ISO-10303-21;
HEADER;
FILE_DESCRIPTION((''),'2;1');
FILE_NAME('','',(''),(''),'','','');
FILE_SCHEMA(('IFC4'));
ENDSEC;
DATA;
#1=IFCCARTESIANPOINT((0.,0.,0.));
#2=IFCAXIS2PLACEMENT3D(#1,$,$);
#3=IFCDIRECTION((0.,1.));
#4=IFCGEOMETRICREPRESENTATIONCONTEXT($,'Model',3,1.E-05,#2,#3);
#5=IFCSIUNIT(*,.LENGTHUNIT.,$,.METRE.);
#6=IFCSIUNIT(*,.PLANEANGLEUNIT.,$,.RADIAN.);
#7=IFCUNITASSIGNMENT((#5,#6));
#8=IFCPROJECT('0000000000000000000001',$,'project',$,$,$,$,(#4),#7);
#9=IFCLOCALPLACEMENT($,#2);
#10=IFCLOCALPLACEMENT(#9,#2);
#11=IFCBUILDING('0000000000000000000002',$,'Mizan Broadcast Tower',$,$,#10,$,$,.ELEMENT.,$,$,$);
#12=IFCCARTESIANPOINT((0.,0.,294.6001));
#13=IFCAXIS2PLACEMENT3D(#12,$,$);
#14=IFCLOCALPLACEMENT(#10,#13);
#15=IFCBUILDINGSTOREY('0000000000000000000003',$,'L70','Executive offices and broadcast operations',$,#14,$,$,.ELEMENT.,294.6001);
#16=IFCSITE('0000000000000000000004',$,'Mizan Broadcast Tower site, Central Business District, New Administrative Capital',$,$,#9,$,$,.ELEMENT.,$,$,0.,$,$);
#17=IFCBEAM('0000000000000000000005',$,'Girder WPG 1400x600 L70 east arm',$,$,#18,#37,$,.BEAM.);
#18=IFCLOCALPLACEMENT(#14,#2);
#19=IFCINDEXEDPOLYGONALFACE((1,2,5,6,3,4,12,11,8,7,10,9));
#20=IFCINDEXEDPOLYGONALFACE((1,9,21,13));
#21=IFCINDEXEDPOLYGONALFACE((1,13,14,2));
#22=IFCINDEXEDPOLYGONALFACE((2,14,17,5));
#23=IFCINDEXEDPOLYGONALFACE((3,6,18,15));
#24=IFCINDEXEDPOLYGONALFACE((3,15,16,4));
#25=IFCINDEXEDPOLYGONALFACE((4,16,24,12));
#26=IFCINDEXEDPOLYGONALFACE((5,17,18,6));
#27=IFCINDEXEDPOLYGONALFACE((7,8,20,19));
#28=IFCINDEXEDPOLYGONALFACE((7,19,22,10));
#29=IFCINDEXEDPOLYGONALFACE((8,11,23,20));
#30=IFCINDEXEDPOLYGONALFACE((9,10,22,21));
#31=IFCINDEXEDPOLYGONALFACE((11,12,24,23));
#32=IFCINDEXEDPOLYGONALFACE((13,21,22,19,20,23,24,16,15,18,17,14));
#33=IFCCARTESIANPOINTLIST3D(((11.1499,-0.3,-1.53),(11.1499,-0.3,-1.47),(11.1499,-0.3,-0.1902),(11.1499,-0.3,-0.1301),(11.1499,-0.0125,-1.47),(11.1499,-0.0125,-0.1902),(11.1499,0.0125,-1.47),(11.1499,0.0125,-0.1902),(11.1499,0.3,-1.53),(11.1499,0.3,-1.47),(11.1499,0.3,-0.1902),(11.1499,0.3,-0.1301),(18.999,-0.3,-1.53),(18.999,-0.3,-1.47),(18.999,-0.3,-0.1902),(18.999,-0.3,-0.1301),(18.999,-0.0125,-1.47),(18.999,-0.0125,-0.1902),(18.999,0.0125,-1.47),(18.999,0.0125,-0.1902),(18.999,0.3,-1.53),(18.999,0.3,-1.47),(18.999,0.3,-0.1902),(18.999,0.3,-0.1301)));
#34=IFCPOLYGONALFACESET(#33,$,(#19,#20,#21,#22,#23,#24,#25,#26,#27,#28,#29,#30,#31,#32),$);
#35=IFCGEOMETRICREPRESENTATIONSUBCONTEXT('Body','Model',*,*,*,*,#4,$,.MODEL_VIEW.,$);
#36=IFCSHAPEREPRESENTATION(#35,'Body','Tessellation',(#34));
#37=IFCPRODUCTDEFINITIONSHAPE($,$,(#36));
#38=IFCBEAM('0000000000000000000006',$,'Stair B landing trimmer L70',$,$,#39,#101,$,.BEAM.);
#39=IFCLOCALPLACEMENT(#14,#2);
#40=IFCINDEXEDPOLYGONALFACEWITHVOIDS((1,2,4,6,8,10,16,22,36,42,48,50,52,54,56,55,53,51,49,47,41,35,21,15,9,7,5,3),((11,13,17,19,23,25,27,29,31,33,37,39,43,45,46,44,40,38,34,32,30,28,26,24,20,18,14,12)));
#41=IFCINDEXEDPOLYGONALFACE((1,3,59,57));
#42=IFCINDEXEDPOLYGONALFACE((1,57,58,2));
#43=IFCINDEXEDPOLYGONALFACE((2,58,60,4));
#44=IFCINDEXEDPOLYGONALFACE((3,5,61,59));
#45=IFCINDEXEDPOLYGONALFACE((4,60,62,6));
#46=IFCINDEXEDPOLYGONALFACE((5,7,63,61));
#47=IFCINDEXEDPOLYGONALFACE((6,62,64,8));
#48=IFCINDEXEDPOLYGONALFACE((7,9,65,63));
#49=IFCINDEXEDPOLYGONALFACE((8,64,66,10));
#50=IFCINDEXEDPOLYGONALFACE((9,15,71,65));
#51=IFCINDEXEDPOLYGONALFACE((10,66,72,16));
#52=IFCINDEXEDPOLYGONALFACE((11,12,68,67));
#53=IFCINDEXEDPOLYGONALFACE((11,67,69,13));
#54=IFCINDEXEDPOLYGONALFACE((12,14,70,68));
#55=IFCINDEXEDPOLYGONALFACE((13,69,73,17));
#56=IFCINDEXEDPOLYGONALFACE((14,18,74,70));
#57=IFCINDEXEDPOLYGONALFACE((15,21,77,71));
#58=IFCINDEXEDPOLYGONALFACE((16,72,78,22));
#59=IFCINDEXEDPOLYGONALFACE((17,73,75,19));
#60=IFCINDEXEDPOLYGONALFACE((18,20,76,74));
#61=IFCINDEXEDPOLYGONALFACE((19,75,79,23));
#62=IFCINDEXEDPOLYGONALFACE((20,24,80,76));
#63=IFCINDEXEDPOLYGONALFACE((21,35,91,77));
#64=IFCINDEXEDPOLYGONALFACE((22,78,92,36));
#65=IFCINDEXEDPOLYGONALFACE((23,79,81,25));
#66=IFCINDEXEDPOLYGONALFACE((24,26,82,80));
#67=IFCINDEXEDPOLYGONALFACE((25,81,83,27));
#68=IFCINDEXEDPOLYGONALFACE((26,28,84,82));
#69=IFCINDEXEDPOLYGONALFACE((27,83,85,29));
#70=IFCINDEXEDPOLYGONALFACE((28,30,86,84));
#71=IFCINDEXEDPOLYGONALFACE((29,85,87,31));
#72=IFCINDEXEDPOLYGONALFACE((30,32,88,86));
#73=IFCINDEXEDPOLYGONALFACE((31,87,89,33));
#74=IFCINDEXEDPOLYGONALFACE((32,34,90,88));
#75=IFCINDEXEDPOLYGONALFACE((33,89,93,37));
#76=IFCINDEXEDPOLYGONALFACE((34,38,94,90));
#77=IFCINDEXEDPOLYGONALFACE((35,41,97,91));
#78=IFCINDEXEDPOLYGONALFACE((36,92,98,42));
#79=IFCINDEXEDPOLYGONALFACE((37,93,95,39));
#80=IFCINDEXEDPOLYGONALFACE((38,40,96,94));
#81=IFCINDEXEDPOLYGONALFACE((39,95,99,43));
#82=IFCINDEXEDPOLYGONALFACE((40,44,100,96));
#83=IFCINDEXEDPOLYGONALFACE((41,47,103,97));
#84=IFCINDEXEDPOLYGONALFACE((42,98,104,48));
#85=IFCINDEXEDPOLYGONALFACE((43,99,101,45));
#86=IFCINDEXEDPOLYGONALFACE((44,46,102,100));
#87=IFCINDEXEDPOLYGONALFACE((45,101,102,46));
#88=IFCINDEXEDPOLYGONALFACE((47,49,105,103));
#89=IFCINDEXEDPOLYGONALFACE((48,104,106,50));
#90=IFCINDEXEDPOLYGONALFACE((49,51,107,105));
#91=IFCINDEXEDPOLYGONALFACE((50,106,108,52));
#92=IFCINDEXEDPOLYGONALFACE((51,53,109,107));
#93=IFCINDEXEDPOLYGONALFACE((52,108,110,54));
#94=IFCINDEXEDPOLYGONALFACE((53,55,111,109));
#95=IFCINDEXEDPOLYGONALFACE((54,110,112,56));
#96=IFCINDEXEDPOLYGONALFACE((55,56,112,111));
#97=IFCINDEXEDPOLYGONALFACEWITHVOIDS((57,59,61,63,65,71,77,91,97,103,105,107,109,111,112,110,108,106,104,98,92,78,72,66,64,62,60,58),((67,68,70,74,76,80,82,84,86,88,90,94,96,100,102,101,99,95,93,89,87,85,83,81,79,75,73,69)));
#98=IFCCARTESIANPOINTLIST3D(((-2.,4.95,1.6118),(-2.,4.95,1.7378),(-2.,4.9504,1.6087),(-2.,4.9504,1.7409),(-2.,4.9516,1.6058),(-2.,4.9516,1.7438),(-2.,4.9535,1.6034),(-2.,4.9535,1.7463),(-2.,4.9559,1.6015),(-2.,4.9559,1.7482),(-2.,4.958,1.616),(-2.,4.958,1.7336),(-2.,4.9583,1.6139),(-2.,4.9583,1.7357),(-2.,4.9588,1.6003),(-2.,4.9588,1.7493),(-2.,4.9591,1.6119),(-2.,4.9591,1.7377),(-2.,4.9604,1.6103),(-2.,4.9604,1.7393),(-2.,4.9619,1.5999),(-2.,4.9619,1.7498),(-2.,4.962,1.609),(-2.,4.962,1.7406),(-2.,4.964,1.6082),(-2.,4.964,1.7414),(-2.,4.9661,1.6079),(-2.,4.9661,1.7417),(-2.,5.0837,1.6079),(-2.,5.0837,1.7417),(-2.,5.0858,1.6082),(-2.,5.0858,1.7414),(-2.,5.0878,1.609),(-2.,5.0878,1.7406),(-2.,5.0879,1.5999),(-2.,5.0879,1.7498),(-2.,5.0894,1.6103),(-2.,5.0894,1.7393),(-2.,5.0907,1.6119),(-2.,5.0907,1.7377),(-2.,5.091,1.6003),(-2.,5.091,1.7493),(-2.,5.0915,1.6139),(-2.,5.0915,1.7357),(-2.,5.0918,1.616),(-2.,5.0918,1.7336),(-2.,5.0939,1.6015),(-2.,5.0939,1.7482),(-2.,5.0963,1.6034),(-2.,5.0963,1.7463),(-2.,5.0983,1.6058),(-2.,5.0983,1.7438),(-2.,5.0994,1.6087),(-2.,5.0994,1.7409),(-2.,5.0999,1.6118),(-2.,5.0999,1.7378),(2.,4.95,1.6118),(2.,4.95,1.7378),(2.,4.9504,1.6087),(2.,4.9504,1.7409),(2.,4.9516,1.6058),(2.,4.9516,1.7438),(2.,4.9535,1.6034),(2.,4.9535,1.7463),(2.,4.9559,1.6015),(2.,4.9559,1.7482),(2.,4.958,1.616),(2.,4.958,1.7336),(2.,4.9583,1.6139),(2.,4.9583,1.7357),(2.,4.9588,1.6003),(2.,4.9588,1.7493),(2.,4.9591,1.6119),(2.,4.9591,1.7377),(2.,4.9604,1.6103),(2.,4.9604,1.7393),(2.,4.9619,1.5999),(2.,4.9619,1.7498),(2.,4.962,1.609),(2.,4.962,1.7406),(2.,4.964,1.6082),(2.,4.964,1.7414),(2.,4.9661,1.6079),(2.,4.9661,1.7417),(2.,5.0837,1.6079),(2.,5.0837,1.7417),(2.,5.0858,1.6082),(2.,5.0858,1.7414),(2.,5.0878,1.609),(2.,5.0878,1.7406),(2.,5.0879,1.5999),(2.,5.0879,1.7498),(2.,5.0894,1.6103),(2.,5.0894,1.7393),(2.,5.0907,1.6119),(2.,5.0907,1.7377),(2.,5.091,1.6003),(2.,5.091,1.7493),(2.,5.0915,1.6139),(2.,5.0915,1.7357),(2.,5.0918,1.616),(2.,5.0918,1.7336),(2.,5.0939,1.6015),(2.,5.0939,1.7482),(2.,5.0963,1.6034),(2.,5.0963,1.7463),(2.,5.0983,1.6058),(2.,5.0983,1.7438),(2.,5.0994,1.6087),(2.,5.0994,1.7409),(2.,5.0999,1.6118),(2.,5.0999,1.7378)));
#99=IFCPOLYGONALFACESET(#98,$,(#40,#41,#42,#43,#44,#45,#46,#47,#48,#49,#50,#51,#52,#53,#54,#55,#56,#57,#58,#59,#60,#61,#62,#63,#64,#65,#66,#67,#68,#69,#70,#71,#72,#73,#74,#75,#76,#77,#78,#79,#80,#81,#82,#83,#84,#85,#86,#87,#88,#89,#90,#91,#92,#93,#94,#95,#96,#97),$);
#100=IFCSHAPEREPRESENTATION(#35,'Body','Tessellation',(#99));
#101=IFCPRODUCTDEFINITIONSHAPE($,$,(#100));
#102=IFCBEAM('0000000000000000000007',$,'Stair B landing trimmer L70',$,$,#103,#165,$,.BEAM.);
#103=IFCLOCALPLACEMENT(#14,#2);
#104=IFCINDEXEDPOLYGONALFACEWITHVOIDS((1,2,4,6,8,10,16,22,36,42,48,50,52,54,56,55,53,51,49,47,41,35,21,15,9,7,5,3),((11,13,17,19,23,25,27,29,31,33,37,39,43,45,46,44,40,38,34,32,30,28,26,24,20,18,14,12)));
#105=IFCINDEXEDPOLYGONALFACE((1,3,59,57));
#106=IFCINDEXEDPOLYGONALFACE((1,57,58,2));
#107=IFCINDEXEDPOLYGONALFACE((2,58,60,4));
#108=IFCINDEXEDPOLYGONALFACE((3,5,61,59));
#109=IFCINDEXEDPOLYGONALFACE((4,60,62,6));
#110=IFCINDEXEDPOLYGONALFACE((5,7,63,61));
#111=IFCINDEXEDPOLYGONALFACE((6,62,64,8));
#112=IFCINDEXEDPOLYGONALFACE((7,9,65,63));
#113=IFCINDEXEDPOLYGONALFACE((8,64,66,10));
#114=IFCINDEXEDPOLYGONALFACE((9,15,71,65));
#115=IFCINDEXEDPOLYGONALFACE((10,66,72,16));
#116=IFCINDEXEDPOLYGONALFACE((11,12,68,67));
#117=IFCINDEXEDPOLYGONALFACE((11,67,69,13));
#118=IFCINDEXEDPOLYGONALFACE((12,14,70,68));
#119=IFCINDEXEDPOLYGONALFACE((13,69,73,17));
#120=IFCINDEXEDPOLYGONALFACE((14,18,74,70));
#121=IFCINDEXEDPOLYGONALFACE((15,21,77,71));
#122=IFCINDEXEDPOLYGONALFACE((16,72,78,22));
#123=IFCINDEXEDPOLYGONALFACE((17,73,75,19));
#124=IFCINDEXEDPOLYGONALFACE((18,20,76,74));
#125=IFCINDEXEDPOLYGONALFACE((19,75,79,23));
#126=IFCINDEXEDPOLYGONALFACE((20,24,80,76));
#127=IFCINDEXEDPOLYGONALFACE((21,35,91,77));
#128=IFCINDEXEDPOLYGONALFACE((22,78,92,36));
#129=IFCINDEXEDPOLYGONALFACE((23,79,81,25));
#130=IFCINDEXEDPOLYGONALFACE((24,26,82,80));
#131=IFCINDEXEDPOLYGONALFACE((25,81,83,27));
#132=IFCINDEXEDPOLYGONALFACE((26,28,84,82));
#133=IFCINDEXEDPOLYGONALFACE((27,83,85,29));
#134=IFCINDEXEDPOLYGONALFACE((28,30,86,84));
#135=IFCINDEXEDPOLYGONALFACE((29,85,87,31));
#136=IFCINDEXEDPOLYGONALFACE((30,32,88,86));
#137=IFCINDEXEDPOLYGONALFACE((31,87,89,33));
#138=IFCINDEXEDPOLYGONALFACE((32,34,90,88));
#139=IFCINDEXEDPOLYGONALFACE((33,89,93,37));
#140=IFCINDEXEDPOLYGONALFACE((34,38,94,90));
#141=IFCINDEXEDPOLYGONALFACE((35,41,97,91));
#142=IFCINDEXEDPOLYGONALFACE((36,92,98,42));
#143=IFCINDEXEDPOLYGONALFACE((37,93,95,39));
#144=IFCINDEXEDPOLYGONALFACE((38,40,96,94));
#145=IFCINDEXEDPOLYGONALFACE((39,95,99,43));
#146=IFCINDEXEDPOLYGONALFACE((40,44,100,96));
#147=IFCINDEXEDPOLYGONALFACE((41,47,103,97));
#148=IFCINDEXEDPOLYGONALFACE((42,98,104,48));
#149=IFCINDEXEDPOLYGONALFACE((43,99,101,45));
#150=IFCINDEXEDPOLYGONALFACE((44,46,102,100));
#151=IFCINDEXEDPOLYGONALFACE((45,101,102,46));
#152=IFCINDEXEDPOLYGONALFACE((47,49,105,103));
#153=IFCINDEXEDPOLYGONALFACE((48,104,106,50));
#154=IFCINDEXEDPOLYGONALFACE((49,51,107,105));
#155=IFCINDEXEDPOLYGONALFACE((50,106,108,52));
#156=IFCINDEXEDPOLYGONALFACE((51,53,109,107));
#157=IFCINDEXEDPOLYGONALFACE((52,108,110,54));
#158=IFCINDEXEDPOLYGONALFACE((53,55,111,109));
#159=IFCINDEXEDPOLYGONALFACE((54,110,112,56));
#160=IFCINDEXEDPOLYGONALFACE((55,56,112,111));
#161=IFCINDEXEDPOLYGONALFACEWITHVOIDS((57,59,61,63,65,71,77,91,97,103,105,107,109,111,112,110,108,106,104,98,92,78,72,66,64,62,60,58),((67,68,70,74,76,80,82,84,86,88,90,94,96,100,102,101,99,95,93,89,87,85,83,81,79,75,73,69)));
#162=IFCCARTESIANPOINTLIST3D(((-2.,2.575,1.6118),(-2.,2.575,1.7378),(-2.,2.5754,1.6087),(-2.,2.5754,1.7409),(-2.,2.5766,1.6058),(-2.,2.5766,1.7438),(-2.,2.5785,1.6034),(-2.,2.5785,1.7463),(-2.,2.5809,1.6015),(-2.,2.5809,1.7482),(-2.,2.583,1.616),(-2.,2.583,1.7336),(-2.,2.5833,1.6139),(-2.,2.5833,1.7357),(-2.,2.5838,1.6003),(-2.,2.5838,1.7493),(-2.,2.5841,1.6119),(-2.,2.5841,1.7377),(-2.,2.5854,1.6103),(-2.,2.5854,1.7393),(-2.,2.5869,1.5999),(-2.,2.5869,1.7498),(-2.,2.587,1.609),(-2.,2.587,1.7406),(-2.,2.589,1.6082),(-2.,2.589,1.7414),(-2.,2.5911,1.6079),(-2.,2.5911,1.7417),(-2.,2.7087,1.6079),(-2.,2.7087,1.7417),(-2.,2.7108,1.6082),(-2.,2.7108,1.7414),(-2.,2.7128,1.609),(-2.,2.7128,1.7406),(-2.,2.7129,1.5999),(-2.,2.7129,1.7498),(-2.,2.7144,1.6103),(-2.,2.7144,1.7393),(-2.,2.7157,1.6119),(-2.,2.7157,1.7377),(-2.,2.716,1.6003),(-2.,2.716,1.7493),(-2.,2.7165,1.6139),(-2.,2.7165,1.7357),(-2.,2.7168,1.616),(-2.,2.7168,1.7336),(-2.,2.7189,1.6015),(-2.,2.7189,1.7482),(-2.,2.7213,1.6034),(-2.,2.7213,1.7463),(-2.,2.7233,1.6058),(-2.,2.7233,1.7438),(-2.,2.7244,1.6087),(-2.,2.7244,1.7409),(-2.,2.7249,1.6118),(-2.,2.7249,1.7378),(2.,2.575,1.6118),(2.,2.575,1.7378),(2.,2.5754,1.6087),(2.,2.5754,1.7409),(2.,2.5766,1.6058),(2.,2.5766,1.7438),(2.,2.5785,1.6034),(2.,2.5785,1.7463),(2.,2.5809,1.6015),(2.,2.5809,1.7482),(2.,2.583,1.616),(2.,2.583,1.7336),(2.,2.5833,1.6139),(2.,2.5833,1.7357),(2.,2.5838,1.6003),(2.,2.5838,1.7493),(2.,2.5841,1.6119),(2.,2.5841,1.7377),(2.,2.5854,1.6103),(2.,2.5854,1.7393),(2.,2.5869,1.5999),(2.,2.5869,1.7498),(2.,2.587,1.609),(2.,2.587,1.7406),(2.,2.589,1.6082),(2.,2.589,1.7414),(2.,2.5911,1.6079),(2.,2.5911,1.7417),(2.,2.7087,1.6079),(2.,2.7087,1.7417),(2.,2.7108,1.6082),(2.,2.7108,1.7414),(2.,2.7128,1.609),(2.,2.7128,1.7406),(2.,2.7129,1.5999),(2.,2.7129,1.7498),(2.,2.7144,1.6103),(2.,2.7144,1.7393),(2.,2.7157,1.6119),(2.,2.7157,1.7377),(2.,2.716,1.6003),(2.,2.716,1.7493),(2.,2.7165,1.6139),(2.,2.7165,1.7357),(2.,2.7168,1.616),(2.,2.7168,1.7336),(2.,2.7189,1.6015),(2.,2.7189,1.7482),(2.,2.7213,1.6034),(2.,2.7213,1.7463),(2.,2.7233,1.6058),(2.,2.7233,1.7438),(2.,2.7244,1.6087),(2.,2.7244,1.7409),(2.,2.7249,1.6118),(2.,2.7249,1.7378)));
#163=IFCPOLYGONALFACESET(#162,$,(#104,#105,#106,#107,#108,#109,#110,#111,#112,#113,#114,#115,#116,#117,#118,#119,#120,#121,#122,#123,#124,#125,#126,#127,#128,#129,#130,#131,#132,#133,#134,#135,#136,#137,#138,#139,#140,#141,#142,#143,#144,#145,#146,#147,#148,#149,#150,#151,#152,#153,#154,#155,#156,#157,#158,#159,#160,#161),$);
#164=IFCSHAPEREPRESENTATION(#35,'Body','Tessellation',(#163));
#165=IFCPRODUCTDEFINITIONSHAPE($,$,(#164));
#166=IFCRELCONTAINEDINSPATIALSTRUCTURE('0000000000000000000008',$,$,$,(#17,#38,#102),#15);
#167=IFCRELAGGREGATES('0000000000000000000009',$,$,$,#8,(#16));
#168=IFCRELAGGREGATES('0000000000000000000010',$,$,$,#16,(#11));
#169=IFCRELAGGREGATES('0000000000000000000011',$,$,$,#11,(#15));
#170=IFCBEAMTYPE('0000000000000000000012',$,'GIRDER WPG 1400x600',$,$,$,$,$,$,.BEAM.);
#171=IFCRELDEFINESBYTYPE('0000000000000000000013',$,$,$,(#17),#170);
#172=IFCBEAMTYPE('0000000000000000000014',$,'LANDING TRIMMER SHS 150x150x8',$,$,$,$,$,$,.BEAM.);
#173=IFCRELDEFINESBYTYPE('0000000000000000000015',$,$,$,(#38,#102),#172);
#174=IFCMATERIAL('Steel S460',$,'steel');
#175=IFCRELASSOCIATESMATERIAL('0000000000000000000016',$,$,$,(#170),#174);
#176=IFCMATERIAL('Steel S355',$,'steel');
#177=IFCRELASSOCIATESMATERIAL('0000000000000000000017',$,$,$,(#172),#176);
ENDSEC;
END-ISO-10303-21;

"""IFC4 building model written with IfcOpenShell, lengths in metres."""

from ifc_helpers import new_model, si_unit, direction, frame, origin, origin_2d, place, context, subcontext, project, spatial, hollow_rectangle, i_section, extrude, material, material_profile, profile_set, type_object, element, save


model = new_model("IFC4")

# Units and contexts
model_context = context("Model", 3, precision=1e-05, world=origin(), true_north=direction((0.0, 1.0)))
body_context = subcontext(model_context, "Body", "Model", "MODEL_VIEW")
ifc_project = project(units=[si_unit("LENGTHUNIT", "METRE"), si_unit("PLANEANGLEUNIT", "RADIAN")], contexts=[model_context])

# Site, building, storey
site_placement = place(None, origin())
site = spatial("IfcSite", under=ifc_project, at=site_placement, Name="Mizan Broadcast Tower site, Central Business District, New Administrative Capital", CompositionType="ELEMENT", RefElevation=0.0)
building_placement = place(site_placement, origin())
building = spatial("IfcBuilding", under=site, at=building_placement, Name="Mizan Broadcast Tower", CompositionType="ELEMENT")
storey_placement = place(building_placement, frame((0.0, 0.0, 294.6001)))
storey = spatial("IfcBuildingStorey", under=building, at=storey_placement, Name="L70", Description="Executive offices and broadcast operations", CompositionType="ELEMENT", Elevation=294.6001)

# Beams
ifc_material_1 = material(Name="Steel S460", Category="steel")
ifc_material_profile_1 = material_profile(ifc_material_1, i_section(OverallWidth=0.6001, OverallDepth=1.3999, WebThickness=0.0249, FlangeThickness=0.0601, at=origin_2d()), Name="WPG 1400x600")
ifc_profile_set_1 = profile_set([ifc_material_profile_1], Name="Steel S460")
beam_type_1 = type_object("IfcBeamType", Name="GIRDER WPG 1400x600", PredefinedType="BEAM", material=ifc_profile_set_1)
beam_placement = place(storey_placement, frame((11.1499, 0.0, -0.8301), z_axis=(1.0, 0.0, 0.0), x_axis=(0.0, 1.0, 0.0)))
element("IfcBeam", 1, at=beam_placement, inside=storey, type_object=beam_type_1, Name="Girder WPG 1400x600 L70 east arm", PredefinedType="BEAM", context=body_context, shape_type="SweptSolid", body=[
    extrude(i_section(OverallWidth=0.6001, OverallDepth=1.3999, WebThickness=0.0249, FlangeThickness=0.0601, at=origin_2d()), origin(), (0.0, 0.0, 1.0), 7.8491),
])
ifc_material_2 = material(Name="Steel S355", Category="steel")
ifc_material_profile_2 = material_profile(ifc_material_2, hollow_rectangle(XDim=0.1499, YDim=0.1499, WallThickness=0.0081, InnerFilletRadius=0.0081, OuterFilletRadius=0.012, at=origin_2d()), Name="SHS 150x150x8")
ifc_profile_set_2 = profile_set([ifc_material_profile_2], Name="Steel S355")
beam_type_2 = type_object("IfcBeamType", Name="LANDING TRIMMER SHS 150x150x8", PredefinedType="BEAM", material=ifc_profile_set_2)
for number, where, z_axis, x_axis, name in (
    (2, (2.0, 5.0249, 1.6748), (-1.0, 0.0, 0.0), (0.0, -1.0, 0.0), "Stair B landing trimmer L70"),
    (3, (2.0, 2.6499, 1.6748), (-1.0, 0.0, 0.0), (0.0, -1.0, 0.0), "Stair B landing trimmer L70"),
):
    element("IfcBeam", number, at=place(storey_placement, frame(where, z_axis=z_axis, x_axis=x_axis)), inside=storey, type_object=beam_type_2, Name=name, PredefinedType="BEAM", context=body_context, shape_type="SweptSolid", body=[
        extrude(hollow_rectangle(XDim=0.1499, YDim=0.1499, WallThickness=0.0081, InnerFilletRadius=0.0081, OuterFilletRadius=0.012, at=origin_2d()), origin(), (0.0, 0.0, 1.0), 4.0),
    ])

save(model, "model.ifc")
